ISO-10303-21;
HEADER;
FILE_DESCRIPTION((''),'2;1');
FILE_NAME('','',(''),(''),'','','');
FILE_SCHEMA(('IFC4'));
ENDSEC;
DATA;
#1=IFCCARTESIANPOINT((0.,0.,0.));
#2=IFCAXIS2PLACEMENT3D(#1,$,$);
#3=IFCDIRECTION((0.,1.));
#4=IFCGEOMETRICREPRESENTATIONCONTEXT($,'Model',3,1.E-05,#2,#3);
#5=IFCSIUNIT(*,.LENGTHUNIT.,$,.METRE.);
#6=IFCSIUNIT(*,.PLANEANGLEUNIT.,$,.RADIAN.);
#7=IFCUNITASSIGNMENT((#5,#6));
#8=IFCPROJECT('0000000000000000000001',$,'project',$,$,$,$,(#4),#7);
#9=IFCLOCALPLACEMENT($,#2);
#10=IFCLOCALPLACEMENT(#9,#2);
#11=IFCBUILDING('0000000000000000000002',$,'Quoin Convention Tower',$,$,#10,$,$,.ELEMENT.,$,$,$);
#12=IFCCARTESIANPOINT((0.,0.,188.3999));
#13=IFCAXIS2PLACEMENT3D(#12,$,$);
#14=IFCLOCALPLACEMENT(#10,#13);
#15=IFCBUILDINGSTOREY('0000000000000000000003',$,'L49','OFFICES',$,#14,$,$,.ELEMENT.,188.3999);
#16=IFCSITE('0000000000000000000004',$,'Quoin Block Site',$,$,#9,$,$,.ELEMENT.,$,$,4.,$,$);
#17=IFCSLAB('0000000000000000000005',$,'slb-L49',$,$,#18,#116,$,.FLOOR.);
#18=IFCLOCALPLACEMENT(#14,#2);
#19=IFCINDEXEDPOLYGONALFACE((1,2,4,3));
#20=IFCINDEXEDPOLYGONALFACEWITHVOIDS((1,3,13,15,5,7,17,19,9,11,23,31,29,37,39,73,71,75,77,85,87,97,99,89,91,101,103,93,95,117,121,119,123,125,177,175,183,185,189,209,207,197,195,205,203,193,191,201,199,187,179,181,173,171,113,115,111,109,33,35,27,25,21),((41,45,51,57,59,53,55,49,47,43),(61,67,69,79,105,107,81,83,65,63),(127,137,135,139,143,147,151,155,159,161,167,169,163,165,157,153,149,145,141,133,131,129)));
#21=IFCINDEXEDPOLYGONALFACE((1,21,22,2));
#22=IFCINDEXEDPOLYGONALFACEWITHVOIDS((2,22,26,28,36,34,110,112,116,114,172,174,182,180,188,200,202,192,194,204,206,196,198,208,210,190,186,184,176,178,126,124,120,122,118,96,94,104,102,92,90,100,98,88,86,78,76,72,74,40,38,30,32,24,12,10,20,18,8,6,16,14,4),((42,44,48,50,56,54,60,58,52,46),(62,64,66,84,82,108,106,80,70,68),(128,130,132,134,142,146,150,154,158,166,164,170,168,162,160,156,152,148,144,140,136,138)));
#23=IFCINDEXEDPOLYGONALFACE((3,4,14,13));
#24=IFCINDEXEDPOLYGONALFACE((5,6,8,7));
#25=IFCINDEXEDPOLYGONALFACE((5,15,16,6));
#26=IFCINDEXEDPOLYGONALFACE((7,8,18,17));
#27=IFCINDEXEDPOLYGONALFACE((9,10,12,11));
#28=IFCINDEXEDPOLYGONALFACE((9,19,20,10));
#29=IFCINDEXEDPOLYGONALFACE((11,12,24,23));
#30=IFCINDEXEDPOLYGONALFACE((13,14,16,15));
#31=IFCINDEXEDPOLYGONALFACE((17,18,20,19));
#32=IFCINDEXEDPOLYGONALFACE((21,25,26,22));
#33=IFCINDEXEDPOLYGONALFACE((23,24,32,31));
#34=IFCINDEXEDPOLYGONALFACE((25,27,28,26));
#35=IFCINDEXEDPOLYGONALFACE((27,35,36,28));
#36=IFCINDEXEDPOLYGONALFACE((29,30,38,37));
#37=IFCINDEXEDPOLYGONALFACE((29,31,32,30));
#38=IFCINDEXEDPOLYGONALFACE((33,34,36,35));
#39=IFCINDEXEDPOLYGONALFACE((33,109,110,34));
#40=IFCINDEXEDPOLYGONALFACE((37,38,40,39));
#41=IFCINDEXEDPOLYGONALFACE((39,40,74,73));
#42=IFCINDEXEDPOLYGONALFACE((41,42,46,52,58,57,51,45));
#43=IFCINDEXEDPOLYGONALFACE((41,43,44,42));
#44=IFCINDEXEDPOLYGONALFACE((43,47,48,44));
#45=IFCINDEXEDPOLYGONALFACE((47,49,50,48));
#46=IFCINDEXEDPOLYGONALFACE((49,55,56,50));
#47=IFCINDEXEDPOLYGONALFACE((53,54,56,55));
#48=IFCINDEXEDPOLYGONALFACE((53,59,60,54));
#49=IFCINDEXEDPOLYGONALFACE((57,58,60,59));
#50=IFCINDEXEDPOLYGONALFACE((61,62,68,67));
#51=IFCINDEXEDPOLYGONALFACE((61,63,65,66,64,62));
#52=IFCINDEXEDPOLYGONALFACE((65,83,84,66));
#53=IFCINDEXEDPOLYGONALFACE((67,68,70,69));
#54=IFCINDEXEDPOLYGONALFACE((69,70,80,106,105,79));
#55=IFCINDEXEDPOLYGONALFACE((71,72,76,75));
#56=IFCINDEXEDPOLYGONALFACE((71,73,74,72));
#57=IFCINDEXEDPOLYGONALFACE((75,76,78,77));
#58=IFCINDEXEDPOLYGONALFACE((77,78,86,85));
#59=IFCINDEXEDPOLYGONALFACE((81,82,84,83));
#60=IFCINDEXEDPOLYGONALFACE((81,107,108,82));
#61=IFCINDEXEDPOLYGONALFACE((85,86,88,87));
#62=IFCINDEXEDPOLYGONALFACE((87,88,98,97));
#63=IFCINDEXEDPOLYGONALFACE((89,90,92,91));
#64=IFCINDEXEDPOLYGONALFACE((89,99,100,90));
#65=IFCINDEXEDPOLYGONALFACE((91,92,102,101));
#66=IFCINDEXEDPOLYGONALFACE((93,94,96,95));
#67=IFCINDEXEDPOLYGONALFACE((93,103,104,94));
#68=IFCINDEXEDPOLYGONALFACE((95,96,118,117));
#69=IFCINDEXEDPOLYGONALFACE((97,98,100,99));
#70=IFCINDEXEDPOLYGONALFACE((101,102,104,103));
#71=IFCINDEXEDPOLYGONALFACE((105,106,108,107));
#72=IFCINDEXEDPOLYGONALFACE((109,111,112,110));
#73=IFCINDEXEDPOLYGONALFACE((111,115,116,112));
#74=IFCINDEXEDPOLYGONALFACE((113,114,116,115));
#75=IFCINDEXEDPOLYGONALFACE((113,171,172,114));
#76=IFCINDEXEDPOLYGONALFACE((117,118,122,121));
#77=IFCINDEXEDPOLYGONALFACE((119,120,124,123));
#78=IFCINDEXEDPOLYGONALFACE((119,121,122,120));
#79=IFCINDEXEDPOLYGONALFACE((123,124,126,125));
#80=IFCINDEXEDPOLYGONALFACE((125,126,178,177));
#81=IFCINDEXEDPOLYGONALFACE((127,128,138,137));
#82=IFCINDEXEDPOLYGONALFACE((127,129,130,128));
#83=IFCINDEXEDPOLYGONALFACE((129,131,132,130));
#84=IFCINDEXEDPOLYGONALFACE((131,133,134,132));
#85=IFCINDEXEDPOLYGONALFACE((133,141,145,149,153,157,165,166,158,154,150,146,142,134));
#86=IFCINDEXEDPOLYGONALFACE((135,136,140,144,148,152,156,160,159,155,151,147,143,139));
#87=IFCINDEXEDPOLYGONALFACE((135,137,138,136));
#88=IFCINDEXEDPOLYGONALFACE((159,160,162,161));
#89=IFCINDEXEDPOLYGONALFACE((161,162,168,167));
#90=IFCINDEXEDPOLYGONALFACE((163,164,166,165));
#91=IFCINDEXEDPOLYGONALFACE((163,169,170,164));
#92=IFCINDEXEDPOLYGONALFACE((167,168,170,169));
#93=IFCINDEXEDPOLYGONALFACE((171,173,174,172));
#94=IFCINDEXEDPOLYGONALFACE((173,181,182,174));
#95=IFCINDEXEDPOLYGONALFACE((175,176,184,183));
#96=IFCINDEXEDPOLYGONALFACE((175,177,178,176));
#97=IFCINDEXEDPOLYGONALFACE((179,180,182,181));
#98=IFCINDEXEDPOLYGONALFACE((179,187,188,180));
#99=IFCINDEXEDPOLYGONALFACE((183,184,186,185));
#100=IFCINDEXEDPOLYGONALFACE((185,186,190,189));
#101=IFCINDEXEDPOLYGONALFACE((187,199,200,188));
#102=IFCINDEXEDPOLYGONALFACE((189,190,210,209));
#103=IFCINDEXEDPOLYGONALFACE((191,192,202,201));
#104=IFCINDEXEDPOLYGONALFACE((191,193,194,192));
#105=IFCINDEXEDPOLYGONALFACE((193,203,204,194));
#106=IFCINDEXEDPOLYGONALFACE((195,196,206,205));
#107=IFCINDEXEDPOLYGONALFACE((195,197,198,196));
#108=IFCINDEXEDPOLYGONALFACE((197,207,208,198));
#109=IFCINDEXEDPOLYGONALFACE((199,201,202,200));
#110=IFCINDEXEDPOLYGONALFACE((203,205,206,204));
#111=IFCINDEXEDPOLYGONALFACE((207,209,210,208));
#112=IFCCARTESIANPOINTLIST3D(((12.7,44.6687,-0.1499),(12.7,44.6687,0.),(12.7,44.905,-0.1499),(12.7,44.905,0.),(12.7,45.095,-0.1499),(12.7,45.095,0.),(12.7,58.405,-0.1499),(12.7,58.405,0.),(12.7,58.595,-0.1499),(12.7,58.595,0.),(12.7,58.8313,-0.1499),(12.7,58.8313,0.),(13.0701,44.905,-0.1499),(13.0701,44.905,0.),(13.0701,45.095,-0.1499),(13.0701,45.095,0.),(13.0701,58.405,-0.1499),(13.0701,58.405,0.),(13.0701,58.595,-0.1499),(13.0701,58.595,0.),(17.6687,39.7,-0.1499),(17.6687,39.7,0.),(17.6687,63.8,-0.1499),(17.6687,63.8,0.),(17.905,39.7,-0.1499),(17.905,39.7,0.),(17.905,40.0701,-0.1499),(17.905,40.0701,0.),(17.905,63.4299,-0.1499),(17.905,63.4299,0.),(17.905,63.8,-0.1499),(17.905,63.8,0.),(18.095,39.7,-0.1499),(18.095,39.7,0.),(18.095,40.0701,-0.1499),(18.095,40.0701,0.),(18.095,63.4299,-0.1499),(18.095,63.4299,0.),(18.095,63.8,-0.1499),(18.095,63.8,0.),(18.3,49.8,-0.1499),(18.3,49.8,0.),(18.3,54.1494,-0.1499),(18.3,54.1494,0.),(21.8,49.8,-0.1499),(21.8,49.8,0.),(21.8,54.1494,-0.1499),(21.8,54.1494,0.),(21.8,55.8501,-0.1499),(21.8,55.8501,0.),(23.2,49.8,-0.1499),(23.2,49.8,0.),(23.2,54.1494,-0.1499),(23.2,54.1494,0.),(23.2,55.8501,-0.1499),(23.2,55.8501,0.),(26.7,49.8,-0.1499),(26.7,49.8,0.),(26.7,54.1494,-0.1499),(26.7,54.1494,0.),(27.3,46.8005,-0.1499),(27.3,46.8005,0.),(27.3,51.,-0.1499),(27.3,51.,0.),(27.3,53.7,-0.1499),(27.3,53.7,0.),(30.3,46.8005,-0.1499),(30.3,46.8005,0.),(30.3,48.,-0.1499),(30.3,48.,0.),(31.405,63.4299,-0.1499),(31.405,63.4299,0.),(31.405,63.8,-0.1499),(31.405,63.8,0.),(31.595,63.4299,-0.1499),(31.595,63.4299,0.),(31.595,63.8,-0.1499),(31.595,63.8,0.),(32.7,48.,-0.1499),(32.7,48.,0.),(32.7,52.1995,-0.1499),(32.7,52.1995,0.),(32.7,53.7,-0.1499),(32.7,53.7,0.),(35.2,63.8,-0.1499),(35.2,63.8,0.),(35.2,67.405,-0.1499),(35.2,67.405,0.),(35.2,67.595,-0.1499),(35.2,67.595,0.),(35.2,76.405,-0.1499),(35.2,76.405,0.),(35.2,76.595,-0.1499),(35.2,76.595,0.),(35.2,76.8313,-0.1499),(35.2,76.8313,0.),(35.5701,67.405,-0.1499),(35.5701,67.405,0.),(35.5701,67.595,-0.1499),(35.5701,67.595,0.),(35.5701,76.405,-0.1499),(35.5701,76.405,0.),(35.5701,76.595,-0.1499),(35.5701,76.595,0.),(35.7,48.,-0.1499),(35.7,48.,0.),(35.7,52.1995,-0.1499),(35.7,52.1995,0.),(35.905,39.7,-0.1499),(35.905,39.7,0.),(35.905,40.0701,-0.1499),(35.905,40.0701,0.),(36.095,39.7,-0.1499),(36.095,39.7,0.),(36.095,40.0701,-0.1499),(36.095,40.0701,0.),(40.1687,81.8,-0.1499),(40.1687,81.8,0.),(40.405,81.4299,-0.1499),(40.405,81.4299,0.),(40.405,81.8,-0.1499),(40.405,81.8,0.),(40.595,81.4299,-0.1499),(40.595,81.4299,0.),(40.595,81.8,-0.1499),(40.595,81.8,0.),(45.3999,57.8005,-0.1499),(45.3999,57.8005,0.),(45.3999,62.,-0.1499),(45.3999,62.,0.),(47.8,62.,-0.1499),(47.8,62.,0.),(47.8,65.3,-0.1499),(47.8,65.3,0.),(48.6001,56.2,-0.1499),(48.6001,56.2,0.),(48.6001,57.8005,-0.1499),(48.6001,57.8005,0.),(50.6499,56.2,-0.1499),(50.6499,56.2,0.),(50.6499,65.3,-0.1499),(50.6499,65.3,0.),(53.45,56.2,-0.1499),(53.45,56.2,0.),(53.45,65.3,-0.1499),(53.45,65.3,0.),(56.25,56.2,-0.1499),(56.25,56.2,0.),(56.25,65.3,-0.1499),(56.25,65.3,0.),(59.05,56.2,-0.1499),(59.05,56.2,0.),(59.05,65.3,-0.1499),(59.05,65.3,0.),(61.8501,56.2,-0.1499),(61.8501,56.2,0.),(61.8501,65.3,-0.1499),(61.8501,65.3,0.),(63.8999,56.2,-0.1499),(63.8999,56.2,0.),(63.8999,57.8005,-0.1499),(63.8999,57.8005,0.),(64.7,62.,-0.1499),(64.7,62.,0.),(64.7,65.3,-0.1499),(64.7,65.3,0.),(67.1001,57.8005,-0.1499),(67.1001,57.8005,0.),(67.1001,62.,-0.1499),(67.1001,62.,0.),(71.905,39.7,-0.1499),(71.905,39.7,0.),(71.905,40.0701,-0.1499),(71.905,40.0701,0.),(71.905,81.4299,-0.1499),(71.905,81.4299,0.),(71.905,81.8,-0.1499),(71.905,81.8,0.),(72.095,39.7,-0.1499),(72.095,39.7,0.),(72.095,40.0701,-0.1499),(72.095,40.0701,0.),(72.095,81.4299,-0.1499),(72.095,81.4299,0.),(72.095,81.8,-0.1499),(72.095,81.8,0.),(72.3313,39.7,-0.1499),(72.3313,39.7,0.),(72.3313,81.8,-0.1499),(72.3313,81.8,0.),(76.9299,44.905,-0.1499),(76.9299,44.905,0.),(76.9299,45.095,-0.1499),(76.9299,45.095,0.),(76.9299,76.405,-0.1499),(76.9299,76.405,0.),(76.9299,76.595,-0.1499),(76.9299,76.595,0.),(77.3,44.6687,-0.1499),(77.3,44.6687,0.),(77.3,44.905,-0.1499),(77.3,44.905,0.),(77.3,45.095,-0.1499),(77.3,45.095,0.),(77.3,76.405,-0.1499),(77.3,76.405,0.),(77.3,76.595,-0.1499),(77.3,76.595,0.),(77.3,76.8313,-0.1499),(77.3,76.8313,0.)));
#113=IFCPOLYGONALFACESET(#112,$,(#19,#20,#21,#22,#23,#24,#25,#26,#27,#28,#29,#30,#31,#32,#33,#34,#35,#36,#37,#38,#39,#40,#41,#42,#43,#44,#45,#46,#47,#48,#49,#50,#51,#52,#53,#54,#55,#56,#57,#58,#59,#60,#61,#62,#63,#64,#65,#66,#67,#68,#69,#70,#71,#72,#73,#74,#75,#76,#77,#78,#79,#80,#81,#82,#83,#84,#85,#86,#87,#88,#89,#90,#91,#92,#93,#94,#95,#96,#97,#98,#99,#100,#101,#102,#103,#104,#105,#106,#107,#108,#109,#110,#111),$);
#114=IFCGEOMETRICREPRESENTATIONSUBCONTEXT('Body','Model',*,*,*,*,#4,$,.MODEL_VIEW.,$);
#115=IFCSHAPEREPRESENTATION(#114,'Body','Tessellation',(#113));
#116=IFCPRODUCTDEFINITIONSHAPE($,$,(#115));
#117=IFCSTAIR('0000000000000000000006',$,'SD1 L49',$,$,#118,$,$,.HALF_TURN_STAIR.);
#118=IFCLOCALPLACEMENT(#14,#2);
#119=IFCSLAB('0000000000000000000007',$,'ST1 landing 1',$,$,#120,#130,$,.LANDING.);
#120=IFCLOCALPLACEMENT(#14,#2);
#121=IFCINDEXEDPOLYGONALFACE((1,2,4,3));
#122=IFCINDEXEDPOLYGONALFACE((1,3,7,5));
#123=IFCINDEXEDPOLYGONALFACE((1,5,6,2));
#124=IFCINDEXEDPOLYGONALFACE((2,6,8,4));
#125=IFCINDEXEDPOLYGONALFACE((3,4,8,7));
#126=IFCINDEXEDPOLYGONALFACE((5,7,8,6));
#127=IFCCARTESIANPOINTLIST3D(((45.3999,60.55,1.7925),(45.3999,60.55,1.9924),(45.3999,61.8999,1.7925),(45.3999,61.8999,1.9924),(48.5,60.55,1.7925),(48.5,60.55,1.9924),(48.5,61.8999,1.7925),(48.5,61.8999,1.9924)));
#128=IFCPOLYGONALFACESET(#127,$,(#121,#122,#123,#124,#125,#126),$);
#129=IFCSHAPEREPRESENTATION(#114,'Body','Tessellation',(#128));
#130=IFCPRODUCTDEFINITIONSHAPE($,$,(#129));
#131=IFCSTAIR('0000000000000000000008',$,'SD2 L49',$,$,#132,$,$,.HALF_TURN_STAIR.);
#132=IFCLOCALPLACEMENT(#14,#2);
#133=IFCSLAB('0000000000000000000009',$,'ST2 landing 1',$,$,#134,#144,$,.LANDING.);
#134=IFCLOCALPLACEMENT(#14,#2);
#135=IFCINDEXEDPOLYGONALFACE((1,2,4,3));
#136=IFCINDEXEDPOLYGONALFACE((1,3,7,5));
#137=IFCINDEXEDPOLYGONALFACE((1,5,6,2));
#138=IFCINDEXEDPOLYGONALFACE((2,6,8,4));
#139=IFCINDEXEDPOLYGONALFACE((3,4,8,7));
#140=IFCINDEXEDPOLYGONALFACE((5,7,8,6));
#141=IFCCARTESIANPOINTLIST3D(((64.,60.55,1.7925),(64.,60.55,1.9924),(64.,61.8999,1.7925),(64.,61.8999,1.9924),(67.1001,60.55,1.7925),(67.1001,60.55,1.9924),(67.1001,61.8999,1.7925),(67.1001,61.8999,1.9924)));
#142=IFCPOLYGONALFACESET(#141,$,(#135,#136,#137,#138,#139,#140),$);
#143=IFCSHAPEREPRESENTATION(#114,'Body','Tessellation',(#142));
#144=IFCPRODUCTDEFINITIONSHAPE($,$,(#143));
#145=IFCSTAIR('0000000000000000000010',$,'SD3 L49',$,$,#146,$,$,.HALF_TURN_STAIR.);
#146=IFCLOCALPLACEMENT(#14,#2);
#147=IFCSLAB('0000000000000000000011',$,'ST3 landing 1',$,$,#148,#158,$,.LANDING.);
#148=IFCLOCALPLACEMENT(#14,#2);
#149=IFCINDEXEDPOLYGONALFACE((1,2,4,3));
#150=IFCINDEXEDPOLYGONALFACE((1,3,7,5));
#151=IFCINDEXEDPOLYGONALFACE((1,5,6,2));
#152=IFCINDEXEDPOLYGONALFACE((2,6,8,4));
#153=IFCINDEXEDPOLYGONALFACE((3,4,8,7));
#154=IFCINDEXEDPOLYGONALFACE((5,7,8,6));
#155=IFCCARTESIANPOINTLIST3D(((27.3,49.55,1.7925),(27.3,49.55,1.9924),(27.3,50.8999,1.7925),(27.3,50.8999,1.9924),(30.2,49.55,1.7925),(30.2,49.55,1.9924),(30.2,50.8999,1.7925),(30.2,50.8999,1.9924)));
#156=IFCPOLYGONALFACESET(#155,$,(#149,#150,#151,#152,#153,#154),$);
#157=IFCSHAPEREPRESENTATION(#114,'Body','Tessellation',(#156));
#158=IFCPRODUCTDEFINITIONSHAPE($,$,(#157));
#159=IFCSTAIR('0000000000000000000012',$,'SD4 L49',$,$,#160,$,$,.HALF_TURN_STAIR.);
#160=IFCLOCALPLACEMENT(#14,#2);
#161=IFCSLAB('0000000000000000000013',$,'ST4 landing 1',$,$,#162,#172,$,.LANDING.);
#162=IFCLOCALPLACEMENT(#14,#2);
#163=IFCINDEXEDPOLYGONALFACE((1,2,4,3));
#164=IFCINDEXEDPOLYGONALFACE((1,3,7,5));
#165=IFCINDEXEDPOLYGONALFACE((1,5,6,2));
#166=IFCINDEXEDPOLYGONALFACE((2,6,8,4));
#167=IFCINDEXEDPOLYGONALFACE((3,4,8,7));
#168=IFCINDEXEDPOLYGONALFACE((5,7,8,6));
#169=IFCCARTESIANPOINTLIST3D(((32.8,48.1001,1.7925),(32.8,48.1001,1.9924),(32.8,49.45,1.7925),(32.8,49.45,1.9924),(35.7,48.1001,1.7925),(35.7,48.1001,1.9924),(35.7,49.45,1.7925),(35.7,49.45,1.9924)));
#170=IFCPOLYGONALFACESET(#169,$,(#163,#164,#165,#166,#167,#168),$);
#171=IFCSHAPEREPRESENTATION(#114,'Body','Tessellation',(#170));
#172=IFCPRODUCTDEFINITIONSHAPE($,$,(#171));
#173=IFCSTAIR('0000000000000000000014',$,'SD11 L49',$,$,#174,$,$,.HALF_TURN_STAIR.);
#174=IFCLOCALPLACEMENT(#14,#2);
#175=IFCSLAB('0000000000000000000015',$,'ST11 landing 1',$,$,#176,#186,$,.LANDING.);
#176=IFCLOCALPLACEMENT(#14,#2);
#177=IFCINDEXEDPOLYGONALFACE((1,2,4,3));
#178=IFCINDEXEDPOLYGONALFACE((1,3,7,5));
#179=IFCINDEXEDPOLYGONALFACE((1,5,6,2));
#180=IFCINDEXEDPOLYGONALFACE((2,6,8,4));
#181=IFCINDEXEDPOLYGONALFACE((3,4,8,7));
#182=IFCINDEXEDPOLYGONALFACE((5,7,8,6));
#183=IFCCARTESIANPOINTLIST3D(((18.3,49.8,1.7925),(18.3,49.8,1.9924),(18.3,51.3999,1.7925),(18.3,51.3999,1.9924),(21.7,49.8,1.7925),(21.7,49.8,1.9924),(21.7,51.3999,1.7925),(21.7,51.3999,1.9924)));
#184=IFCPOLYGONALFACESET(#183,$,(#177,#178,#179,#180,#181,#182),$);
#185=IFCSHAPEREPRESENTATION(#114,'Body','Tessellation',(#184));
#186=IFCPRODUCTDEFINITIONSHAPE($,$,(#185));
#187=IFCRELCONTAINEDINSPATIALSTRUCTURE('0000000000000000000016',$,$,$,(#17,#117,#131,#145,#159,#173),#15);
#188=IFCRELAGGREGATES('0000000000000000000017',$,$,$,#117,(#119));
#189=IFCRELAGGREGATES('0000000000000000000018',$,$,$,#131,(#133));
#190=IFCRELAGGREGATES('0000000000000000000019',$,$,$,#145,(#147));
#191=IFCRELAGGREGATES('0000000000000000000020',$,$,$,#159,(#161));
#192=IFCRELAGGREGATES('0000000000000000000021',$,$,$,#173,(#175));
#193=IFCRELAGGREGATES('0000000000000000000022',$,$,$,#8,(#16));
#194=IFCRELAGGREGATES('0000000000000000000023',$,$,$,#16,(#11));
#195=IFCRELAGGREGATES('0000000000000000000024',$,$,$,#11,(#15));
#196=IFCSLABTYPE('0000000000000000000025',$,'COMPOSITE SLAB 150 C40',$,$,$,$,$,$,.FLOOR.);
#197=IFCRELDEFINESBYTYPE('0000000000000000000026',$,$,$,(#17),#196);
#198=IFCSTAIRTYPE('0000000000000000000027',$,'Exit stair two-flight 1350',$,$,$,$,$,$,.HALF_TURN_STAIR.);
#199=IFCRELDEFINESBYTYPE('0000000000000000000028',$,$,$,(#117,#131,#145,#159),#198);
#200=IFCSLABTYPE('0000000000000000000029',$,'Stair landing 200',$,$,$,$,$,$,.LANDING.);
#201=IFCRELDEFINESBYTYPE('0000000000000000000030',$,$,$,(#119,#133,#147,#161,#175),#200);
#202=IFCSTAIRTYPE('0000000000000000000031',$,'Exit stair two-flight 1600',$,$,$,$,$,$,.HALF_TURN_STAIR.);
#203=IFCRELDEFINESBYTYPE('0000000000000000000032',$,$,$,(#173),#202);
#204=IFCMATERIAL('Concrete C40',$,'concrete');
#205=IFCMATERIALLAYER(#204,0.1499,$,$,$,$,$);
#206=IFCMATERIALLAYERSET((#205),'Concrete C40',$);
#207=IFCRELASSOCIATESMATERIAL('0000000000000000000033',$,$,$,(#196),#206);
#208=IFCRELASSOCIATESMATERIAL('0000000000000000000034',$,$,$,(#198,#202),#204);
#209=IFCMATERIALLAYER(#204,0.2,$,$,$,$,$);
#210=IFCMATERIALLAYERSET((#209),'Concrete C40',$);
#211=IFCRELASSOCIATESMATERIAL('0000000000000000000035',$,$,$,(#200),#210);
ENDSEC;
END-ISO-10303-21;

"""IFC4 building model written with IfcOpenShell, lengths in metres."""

from ifc_helpers import new_model, si_unit, direction, frame, origin, place, context, subcontext, project, spatial, polyline, outline, extrude, material, layer, layer_set, type_object, element, aggregate, save


model = new_model("IFC4")

# Units and contexts
model_context = context("Model", 3, precision=1e-05, world=origin(), true_north=direction((0.0, 1.0)))
body_context = subcontext(model_context, "Body", "Model", "MODEL_VIEW")
ifc_project = project(units=[si_unit("LENGTHUNIT", "METRE"), si_unit("PLANEANGLEUNIT", "RADIAN")], contexts=[model_context])

# Site, building, storey
site_placement = place(None, origin())
site = spatial("IfcSite", under=ifc_project, at=site_placement, Name="Quoin Block Site", CompositionType="ELEMENT", RefElevation=4.0)
building_placement = place(site_placement, origin())
building = spatial("IfcBuilding", under=site, at=building_placement, Name="Quoin Convention Tower", CompositionType="ELEMENT")
storey_placement = place(building_placement, frame((0.0, 0.0, 188.3999)))
storey = spatial("IfcBuildingStorey", under=building, at=storey_placement, Name="L49", Description="OFFICES", CompositionType="ELEMENT", Elevation=188.3999)

# Slab
ifc_material_1 = material(Name="Concrete C40", Category="concrete")
ifc_layer_1 = layer(ifc_material_1, 0.1499)
ifc_layer_set_1 = layer_set([ifc_layer_1], Name="Concrete C40")
slab_type_1 = type_object("IfcSlabType", Name="COMPOSITE SLAB 150 C40", PredefinedType="FLOOR", material=ifc_layer_set_1)
slab_1_placement = place(storey_placement, frame((0.0, 0.0, -0.1499)))
element("IfcSlab", 1, at=slab_1_placement, inside=storey, type_object=slab_type_1, Name="slb-L49", PredefinedType="FLOOR", context=body_context, shape_type="SweptSolid", body=[
    extrude(outline(polyline([(12.7, 44.6687), (12.7, 44.905), (13.0701, 44.905), (13.0701, 45.095), (12.7, 45.095), (12.7, 58.405), (13.0701, 58.405), (13.0701, 58.595), (12.7, 58.595), (12.7, 58.8313), (17.6687, 63.8), (17.905, 63.8), (17.905, 63.4299), (18.095, 63.4299), (18.095, 63.8), (31.405, 63.8), (31.405, 63.4299), (31.595, 63.4299), (31.595, 63.8), (35.2, 63.8), (35.2, 67.405), (35.5701, 67.405), (35.5701, 67.595), (35.2, 67.595), (35.2, 76.405), (35.5701, 76.405), (35.5701, 76.595), (35.2, 76.595), (35.2, 76.8313), (40.1687, 81.8), (40.405, 81.8), (40.405, 81.4299), (40.595, 81.4299), (40.595, 81.8), (71.905, 81.8), (71.905, 81.4299), (72.095, 81.4299), (72.095, 81.8), (72.3313, 81.8), (77.3, 76.8313), (77.3, 76.595), (76.9299, 76.595), (76.9299, 76.405), (77.3, 76.405), (77.3, 45.095), (76.9299, 45.095), (76.9299, 44.905), (77.3, 44.905), (77.3, 44.6687), (72.3313, 39.7), (72.095, 39.7), (72.095, 40.0701), (71.905, 40.0701), (71.905, 39.7), (36.095, 39.7), (36.095, 40.0701), (35.905, 40.0701), (35.905, 39.7), (18.095, 39.7), (18.095, 40.0701), (17.905, 40.0701), (17.905, 39.7), (17.6687, 39.7), (12.7, 44.6687)]), holes=[polyline([(27.3, 46.8005), (30.3, 46.8005), (30.3, 48.0), (32.7, 48.0), (35.7, 48.0), (35.7, 52.1995), (32.7, 52.1995), (32.7, 53.7), (27.3, 53.7), (27.3, 51.0), (27.3, 46.8005)]), polyline([(21.8, 49.8), (23.2, 49.8), (26.7, 49.8), (26.7, 54.1494), (23.2, 54.1494), (23.2, 55.8501), (21.8, 55.8501), (21.8, 54.1494), (18.3, 54.1494), (18.3, 49.8), (21.8, 49.8)]), polyline([(50.6499, 56.2), (53.45, 56.2), (56.25, 56.2), (59.05, 56.2), (61.8501, 56.2), (63.8999, 56.2), (63.8999, 57.8005), (67.1001, 57.8005), (67.1001, 62.0), (64.7, 62.0), (64.7, 65.3), (61.8501, 65.3), (59.05, 65.3), (56.25, 65.3), (53.45, 65.3), (50.6499, 65.3), (47.8, 65.3), (47.8, 62.0), (45.3999, 62.0), (45.3999, 57.8005), (48.6001, 57.8005), (48.6001, 56.2), (50.6499, 56.2)])]), origin(), (0.0, 0.0, 1.0), 0.1499),
])

# Stairs, slabs
stair_type_1 = type_object("IfcStairType", Name="Exit stair two-flight 1350", PredefinedType="HALF_TURN_STAIR", material=ifc_material_1)
stair_1_placement = place(storey_placement, origin())
stair_1 = element("IfcStair", 2, at=stair_1_placement, inside=storey, type_object=stair_type_1, Name="SD1 L49", PredefinedType="HALF_TURN_STAIR")
ifc_layer_2 = layer(ifc_material_1, 0.2)
ifc_layer_set_2 = layer_set([ifc_layer_2], Name="Concrete C40")
slab_type_2 = type_object("IfcSlabType", Name="Stair landing 200", PredefinedType="LANDING", material=ifc_layer_set_2)
slab_2_placement = place(storey_placement, frame((0.0, 0.0, 1.7925)))
slab_2 = element("IfcSlab", 3, at=slab_2_placement, type_object=slab_type_2, Name="ST1 landing 1", PredefinedType="LANDING", context=body_context, shape_type="SweptSolid", body=[
    extrude(outline(polyline([(45.3999, 60.55), (48.5, 60.55), (48.5, 61.8999), (45.3999, 61.8999), (45.3999, 60.55)])), origin(), (0.0, 0.0, 1.0), 0.2),
])
aggregate(stair_1, [slab_2])
stair_2_placement = place(storey_placement, origin())
stair_2 = element("IfcStair", 4, at=stair_2_placement, inside=storey, type_object=stair_type_1, Name="SD2 L49", PredefinedType="HALF_TURN_STAIR")
slab_3_placement = place(storey_placement, frame((0.0, 0.0, 1.7925)))
slab_3 = element("IfcSlab", 5, at=slab_3_placement, type_object=slab_type_2, Name="ST2 landing 1", PredefinedType="LANDING", context=body_context, shape_type="SweptSolid", body=[
    extrude(outline(polyline([(64.0, 60.55), (67.1001, 60.55), (67.1001, 61.8999), (64.0, 61.8999), (64.0, 60.55)])), origin(), (0.0, 0.0, 1.0), 0.2),
])
aggregate(stair_2, [slab_3])
stair_3_placement = place(storey_placement, origin())
stair_3 = element("IfcStair", 6, at=stair_3_placement, inside=storey, type_object=stair_type_1, Name="SD3 L49", PredefinedType="HALF_TURN_STAIR")
slab_4_placement = place(storey_placement, frame((0.0, 0.0, 1.7925)))
slab_4 = element("IfcSlab", 7, at=slab_4_placement, type_object=slab_type_2, Name="ST3 landing 1", PredefinedType="LANDING", context=body_context, shape_type="SweptSolid", body=[
    extrude(outline(polyline([(27.3, 49.55), (30.2, 49.55), (30.2, 50.8999), (27.3, 50.8999), (27.3, 49.55)])), origin(), (0.0, 0.0, 1.0), 0.2),
])
aggregate(stair_3, [slab_4])
stair_4_placement = place(storey_placement, origin())
stair_4 = element("IfcStair", 8, at=stair_4_placement, inside=storey, type_object=stair_type_1, Name="SD4 L49", PredefinedType="HALF_TURN_STAIR")
slab_5_placement = place(storey_placement, frame((0.0, 0.0, 1.7925)))
slab_5 = element("IfcSlab", 9, at=slab_5_placement, type_object=slab_type_2, Name="ST4 landing 1", PredefinedType="LANDING", context=body_context, shape_type="SweptSolid", body=[
    extrude(outline(polyline([(35.7, 49.45), (32.8, 49.45), (32.8, 48.1001), (35.7, 48.1001), (35.7, 49.45)])), origin(), (0.0, 0.0, 1.0), 0.2),
])
aggregate(stair_4, [slab_5])
stair_type_2 = type_object("IfcStairType", Name="Exit stair two-flight 1600", PredefinedType="HALF_TURN_STAIR", material=ifc_material_1)
stair_5_placement = place(storey_placement, origin())
stair_5 = element("IfcStair", 10, at=stair_5_placement, inside=storey, type_object=stair_type_2, Name="SD11 L49", PredefinedType="HALF_TURN_STAIR")
slab_6_placement = place(storey_placement, frame((0.0, 0.0, 1.7925)))
slab_6 = element("IfcSlab", 11, at=slab_6_placement, type_object=slab_type_2, Name="ST11 landing 1", PredefinedType="LANDING", context=body_context, shape_type="SweptSolid", body=[
    extrude(outline(polyline([(21.7, 51.3999), (18.3, 51.3999), (18.3, 49.8), (21.7, 49.8), (21.7, 51.3999)])), origin(), (0.0, 0.0, 1.0), 0.2),
])
aggregate(stair_5, [slab_6])

save(model, "model.ifc")
